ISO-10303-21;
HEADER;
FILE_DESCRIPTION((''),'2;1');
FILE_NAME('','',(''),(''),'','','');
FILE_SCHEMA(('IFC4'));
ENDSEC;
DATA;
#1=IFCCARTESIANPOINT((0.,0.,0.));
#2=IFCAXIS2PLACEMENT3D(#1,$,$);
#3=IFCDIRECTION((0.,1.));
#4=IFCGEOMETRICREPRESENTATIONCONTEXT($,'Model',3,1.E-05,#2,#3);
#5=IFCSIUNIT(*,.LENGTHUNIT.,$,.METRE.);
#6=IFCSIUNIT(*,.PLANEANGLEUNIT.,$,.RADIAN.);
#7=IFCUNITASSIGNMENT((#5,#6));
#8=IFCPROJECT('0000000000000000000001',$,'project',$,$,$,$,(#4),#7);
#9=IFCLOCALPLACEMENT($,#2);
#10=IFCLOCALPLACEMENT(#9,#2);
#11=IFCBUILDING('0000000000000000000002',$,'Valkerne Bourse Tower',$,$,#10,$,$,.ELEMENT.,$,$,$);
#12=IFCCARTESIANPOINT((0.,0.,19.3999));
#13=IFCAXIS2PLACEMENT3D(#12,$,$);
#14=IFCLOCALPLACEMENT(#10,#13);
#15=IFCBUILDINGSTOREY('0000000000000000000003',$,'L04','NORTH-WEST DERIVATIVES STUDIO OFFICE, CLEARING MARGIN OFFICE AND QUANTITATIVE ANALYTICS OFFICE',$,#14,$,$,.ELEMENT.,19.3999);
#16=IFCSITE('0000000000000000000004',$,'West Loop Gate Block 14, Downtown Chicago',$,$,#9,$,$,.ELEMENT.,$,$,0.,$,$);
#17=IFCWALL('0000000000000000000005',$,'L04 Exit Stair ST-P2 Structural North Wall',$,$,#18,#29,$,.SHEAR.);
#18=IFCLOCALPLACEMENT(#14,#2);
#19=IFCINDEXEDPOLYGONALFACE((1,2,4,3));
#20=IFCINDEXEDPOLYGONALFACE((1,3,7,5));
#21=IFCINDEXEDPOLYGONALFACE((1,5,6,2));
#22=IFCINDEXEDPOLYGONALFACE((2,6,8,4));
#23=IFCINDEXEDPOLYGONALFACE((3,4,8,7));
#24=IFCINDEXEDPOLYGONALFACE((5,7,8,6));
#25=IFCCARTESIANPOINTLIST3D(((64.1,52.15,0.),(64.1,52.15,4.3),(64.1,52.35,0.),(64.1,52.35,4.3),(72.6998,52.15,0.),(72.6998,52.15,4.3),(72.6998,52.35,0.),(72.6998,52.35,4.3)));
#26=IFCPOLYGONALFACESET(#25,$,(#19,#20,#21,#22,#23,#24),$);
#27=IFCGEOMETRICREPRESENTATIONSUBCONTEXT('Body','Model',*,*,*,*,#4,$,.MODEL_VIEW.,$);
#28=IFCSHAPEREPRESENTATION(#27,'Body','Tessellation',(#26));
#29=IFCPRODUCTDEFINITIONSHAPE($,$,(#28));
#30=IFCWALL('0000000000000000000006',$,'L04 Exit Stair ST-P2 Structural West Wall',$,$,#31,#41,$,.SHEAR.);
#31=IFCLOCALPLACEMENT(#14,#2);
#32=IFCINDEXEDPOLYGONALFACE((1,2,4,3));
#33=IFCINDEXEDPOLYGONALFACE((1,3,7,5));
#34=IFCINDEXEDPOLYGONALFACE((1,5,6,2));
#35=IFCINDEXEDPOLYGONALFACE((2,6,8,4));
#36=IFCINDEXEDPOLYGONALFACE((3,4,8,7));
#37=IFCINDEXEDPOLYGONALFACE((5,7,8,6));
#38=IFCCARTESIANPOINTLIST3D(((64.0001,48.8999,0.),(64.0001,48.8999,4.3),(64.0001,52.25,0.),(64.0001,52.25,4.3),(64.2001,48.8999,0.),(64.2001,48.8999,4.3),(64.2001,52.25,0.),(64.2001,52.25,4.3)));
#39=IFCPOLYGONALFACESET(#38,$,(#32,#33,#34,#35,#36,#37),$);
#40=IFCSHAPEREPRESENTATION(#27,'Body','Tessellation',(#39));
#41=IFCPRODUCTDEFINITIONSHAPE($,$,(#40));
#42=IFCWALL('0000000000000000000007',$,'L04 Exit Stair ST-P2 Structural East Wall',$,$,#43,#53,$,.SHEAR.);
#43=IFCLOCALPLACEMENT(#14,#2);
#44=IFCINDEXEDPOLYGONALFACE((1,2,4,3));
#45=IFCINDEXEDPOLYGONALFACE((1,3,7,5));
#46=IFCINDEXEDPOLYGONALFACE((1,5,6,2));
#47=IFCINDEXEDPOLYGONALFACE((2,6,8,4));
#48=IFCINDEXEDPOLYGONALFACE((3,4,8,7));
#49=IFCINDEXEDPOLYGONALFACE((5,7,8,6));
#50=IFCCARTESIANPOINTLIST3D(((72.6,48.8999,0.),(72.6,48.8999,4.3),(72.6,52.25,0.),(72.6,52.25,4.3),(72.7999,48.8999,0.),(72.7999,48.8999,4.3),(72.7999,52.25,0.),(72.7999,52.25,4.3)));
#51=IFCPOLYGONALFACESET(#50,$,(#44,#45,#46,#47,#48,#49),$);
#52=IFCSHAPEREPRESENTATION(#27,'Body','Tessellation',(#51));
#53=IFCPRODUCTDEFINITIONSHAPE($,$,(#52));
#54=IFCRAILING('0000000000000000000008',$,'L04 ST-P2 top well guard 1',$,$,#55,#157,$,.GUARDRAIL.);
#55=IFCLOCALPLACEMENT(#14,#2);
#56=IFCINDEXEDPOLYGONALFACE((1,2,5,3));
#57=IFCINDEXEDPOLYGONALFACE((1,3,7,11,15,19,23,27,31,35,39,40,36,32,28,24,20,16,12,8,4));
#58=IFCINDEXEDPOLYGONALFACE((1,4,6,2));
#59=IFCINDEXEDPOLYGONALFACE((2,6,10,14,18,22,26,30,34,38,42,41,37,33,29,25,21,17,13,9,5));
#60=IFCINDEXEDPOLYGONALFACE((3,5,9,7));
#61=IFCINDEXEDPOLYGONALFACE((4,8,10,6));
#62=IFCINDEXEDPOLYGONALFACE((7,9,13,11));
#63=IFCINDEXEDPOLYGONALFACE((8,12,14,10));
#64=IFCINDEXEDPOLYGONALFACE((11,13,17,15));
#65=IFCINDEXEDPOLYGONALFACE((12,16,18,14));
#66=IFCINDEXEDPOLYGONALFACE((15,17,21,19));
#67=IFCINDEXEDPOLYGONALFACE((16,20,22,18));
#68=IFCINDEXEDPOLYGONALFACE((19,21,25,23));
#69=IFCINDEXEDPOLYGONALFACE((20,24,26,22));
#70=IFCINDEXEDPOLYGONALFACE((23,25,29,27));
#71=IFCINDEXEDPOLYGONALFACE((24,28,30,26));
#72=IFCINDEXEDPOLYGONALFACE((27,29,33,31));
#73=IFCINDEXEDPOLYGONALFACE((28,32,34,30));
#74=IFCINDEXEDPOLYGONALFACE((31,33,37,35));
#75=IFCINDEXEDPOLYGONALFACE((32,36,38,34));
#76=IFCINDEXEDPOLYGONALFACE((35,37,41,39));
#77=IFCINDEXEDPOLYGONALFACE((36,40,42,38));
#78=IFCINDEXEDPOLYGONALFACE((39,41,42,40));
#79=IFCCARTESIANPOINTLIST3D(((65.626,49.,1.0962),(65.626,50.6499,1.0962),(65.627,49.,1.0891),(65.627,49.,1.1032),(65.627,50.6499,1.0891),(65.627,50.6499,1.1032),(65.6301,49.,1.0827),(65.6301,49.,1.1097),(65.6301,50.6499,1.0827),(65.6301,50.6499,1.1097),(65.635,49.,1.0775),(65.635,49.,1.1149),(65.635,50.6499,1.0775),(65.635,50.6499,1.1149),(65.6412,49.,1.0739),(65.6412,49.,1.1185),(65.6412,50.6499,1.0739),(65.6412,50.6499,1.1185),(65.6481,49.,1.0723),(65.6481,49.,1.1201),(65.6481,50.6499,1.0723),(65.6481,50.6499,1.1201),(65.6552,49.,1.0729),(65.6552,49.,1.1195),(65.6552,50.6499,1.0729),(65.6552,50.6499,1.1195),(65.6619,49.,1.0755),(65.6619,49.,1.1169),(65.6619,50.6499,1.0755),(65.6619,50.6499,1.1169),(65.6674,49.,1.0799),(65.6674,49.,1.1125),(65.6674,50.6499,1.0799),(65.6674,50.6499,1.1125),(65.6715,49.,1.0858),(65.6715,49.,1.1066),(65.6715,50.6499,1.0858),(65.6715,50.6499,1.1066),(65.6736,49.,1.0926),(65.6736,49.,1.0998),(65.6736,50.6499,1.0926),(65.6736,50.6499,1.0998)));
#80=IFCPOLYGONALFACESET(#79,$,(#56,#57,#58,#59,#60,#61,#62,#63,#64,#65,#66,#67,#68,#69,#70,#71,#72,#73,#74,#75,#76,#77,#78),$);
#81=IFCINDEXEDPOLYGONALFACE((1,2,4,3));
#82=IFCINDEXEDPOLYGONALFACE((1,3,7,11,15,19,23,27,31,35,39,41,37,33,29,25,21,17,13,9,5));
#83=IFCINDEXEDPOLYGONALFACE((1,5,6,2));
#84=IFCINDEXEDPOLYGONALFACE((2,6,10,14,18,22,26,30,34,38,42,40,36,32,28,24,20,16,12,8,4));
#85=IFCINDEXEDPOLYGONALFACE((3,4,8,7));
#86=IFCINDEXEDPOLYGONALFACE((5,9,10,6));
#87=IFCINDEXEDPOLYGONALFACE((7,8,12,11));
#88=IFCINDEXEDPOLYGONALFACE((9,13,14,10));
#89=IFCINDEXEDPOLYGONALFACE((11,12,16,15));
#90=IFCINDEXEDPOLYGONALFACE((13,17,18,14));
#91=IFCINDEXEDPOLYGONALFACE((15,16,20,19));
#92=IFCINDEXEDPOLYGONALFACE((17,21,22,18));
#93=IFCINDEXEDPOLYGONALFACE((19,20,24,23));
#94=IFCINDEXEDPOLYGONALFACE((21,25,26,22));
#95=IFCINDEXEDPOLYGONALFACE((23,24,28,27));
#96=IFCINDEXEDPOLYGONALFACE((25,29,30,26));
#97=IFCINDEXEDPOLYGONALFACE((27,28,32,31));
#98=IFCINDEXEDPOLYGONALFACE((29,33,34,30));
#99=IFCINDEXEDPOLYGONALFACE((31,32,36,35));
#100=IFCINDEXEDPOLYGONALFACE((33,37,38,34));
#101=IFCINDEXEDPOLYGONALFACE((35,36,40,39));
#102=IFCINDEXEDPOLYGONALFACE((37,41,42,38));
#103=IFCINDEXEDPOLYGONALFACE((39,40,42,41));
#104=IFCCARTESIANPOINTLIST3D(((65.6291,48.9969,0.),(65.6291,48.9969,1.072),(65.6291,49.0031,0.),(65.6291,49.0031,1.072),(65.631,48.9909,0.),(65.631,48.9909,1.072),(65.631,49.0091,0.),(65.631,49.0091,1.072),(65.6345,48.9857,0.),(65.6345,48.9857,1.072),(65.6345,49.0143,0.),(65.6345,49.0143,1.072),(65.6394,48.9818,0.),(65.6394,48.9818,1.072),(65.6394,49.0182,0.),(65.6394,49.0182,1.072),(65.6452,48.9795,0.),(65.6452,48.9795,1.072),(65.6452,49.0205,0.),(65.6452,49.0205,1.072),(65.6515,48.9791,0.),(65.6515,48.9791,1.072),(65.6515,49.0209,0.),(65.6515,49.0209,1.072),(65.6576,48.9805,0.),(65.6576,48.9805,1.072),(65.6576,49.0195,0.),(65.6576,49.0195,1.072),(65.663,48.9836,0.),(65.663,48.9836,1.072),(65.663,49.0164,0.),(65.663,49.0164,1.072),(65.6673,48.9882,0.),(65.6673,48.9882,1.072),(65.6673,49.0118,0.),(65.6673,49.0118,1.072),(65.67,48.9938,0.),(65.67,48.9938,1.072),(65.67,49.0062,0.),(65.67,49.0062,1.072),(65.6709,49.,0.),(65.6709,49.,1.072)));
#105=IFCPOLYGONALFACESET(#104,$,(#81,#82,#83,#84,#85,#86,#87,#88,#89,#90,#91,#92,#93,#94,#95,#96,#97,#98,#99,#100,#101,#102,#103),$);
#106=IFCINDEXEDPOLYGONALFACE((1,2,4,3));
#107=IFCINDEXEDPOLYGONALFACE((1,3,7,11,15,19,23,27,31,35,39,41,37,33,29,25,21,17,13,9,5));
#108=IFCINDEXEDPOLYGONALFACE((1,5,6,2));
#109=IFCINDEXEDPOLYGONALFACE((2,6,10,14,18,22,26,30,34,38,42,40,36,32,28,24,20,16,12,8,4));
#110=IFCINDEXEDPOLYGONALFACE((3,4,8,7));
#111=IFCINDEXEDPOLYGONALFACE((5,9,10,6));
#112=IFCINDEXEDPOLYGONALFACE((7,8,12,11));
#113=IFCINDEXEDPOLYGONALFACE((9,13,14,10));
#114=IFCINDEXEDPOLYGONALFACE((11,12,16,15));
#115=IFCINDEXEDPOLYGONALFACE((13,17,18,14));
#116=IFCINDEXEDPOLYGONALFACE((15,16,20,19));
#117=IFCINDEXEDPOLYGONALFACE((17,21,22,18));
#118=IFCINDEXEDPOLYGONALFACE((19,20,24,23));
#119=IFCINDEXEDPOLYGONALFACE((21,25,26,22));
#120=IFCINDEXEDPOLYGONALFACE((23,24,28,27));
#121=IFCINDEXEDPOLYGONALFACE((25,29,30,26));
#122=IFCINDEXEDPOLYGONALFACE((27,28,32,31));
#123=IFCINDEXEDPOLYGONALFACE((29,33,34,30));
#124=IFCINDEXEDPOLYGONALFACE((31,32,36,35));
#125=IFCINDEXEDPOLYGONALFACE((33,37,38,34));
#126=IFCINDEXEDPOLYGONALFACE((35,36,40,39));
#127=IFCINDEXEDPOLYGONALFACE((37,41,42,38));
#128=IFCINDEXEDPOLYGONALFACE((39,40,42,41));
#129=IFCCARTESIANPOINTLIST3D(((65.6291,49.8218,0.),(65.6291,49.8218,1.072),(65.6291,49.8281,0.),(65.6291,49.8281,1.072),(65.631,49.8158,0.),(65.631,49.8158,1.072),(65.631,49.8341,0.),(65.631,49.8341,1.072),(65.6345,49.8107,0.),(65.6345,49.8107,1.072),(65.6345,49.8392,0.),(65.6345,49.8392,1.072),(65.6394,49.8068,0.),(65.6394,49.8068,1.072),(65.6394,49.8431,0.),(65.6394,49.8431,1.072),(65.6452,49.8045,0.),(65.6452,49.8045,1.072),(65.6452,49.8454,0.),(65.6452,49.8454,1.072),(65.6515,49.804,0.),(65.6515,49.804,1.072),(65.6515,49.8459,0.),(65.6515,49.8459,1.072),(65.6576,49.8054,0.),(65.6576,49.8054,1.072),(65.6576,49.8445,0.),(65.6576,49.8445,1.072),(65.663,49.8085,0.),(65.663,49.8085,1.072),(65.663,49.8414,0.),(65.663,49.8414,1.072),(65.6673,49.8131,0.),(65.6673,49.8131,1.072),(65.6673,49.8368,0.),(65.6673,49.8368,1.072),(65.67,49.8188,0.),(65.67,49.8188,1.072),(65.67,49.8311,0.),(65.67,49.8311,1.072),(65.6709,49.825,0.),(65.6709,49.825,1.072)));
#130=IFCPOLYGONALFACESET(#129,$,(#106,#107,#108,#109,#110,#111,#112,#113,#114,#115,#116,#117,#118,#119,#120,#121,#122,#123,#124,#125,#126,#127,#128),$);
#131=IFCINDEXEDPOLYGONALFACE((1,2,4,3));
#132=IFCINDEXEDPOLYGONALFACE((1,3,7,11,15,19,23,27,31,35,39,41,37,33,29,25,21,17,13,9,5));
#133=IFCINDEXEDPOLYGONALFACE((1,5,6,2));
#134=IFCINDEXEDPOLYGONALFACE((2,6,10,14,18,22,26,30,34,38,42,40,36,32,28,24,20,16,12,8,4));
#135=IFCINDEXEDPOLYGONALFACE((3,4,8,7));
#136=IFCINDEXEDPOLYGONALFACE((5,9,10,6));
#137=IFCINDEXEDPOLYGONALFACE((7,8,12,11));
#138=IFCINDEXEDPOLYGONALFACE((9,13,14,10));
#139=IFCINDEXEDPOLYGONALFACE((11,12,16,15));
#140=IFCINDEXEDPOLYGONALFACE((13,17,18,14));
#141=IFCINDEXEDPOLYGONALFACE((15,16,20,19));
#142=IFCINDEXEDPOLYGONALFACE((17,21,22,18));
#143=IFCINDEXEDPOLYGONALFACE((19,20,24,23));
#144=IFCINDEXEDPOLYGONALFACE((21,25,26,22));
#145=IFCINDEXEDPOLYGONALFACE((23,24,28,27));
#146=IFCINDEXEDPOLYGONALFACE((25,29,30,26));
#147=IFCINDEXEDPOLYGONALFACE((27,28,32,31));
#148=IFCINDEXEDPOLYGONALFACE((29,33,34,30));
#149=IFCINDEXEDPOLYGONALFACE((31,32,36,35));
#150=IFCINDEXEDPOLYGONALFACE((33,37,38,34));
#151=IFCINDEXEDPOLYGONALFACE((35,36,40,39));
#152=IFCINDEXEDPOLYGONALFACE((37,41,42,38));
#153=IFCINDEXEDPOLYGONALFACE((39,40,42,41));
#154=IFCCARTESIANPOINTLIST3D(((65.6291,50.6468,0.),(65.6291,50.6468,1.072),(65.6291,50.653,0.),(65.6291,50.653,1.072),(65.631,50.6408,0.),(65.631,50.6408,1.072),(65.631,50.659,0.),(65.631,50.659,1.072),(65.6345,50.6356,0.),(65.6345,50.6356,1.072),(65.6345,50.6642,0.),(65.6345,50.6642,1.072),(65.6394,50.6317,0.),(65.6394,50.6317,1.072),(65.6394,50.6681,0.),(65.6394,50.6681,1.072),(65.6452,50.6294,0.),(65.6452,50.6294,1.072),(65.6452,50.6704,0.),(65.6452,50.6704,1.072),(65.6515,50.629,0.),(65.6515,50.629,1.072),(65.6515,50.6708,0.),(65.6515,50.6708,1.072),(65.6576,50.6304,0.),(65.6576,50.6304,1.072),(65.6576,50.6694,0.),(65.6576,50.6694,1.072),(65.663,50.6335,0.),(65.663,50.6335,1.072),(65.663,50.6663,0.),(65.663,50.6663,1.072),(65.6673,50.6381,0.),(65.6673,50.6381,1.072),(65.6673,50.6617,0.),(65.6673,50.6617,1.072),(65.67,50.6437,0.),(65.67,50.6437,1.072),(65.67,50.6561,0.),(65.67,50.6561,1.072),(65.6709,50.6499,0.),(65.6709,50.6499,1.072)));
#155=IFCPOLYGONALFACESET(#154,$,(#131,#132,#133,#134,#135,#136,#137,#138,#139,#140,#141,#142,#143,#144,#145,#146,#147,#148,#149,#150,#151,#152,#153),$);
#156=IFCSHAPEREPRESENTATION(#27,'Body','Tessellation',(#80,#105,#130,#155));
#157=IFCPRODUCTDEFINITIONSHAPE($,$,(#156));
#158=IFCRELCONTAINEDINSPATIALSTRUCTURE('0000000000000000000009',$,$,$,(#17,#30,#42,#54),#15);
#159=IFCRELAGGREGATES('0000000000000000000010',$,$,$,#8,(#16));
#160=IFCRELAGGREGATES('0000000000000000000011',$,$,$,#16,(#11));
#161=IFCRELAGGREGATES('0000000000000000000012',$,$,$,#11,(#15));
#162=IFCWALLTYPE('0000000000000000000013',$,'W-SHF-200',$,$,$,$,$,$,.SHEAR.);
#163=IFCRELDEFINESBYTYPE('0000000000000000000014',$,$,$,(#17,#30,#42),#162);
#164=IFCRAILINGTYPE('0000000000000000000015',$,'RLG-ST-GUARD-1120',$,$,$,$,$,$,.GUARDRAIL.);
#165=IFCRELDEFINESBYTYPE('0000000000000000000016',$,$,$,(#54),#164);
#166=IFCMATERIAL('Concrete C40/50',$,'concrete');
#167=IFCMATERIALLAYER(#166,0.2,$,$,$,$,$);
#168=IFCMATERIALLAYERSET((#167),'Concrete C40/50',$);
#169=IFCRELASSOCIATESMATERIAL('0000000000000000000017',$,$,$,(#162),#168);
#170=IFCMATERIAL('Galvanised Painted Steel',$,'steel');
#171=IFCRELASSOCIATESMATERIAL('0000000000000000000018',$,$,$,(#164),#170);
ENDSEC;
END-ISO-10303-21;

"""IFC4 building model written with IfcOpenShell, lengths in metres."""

from ifc_helpers import new_model, si_unit, direction, frame, frame_2d, origin, origin_2d, place, context, subcontext, project, spatial, rectangle, circle, extrude, material, layer, layer_set, type_object, element, save


model = new_model("IFC4")

# Units and contexts
model_context = context("Model", 3, precision=1e-05, world=origin(), true_north=direction((0.0, 1.0)))
body_context = subcontext(model_context, "Body", "Model", "MODEL_VIEW")
ifc_project = project(units=[si_unit("LENGTHUNIT", "METRE"), si_unit("PLANEANGLEUNIT", "RADIAN")], contexts=[model_context])

# Site, building, storey
site_placement = place(None, origin())
site = spatial("IfcSite", under=ifc_project, at=site_placement, Name="West Loop Gate Block 14, Downtown Chicago", CompositionType="ELEMENT", RefElevation=0.0)
building_placement = place(site_placement, origin())
building = spatial("IfcBuilding", under=site, at=building_placement, Name="Valkerne Bourse Tower", CompositionType="ELEMENT")
storey_placement = place(building_placement, frame((0.0, 0.0, 19.3999)))
storey = spatial("IfcBuildingStorey", under=building, at=storey_placement, Name="L04", Description="NORTH-WEST DERIVATIVES STUDIO OFFICE, CLEARING MARGIN OFFICE AND QUANTITATIVE ANALYTICS OFFICE", CompositionType="ELEMENT", Elevation=19.3999)

# Shared definitions
ifc_material_1 = material(Name="Galvanised Painted Steel", Category="steel")
ifc_material_2 = material(Name="Concrete C40/50", Category="concrete")
ifc_layer_1 = layer(ifc_material_2, 0.2)
ifc_layer_set_1 = layer_set([ifc_layer_1], Name="Concrete C40/50")
wall_type_1 = type_object("IfcWallType", Name="W-SHF-200", PredefinedType="SHEAR", material=ifc_layer_set_1)

# Walls
wall_1_placement = place(storey_placement, frame((64.1001, 52.25, 0.0), z_axis=(0.0, 0.0, 1.0), x_axis=(1.0, 0.0, 0.0)))
element("IfcWall", 1, at=wall_1_placement, inside=storey, type_object=wall_type_1, Name="L04 Exit Stair ST-P2 Structural North Wall", PredefinedType="SHEAR", context=body_context, shape_type="SweptSolid", body=[
    extrude(rectangle(XDim=8.5999, YDim=0.2, at=frame_2d((4.2998, 0.0))), origin(), (0.0, 0.0, 1.0), 4.3),
])
for number, where, z_axis, x_axis, name in (
    (2, (64.1001, 48.8999, 0.0), (0.0, 0.0, 1.0), (0.0, 1.0, 0.0), "L04 Exit Stair ST-P2 Structural West Wall"),
    (3, (72.7, 48.8999, 0.0), (0.0, 0.0, 1.0), (0.0, 1.0, 0.0), "L04 Exit Stair ST-P2 Structural East Wall"),
):
    element("IfcWall", number, at=place(storey_placement, frame(where, z_axis=z_axis, x_axis=x_axis)), inside=storey, type_object=wall_type_1, Name=name, PredefinedType="SHEAR", context=body_context, shape_type="SweptSolid", body=[
        extrude(rectangle(XDim=3.3501, YDim=0.2, at=frame_2d((1.675, 0.0))), origin(), (0.0, 0.0, 1.0), 4.3),
    ])

# Railing
railing_type_1 = type_object("IfcRailingType", Name="RLG-ST-GUARD-1120", PredefinedType="GUARDRAIL", material=ifc_material_1)
railing_1_placement = place(storey_placement, frame((65.6499, 49.0, 0.0)))
element("IfcRailing", 4, at=railing_1_placement, inside=storey, type_object=railing_type_1, Name="L04 ST-P2 top well guard 1", PredefinedType="GUARDRAIL", context=body_context, shape_type="SweptSolid", body=[
    extrude(circle(Radius=0.0239, at=origin_2d()), frame((0.0, 0.0, 1.0962), z_axis=(0.0, 1.0, 0.0), x_axis=(-1.0, 0.0, 0.0)), (0.0, 0.0, 1.0), 1.6499),
    extrude(circle(Radius=0.021, at=origin_2d()), origin(), (0.0, 0.0, 1.0), 1.072),
    extrude(circle(Radius=0.021, at=origin_2d()), frame((0.0, 0.825, 0.0)), (0.0, 0.0, 1.0), 1.072),
    extrude(circle(Radius=0.021, at=origin_2d()), frame((0.0, 1.6499, 0.0)), (0.0, 0.0, 1.0), 1.072),
])

save(model, "model.ifc")
